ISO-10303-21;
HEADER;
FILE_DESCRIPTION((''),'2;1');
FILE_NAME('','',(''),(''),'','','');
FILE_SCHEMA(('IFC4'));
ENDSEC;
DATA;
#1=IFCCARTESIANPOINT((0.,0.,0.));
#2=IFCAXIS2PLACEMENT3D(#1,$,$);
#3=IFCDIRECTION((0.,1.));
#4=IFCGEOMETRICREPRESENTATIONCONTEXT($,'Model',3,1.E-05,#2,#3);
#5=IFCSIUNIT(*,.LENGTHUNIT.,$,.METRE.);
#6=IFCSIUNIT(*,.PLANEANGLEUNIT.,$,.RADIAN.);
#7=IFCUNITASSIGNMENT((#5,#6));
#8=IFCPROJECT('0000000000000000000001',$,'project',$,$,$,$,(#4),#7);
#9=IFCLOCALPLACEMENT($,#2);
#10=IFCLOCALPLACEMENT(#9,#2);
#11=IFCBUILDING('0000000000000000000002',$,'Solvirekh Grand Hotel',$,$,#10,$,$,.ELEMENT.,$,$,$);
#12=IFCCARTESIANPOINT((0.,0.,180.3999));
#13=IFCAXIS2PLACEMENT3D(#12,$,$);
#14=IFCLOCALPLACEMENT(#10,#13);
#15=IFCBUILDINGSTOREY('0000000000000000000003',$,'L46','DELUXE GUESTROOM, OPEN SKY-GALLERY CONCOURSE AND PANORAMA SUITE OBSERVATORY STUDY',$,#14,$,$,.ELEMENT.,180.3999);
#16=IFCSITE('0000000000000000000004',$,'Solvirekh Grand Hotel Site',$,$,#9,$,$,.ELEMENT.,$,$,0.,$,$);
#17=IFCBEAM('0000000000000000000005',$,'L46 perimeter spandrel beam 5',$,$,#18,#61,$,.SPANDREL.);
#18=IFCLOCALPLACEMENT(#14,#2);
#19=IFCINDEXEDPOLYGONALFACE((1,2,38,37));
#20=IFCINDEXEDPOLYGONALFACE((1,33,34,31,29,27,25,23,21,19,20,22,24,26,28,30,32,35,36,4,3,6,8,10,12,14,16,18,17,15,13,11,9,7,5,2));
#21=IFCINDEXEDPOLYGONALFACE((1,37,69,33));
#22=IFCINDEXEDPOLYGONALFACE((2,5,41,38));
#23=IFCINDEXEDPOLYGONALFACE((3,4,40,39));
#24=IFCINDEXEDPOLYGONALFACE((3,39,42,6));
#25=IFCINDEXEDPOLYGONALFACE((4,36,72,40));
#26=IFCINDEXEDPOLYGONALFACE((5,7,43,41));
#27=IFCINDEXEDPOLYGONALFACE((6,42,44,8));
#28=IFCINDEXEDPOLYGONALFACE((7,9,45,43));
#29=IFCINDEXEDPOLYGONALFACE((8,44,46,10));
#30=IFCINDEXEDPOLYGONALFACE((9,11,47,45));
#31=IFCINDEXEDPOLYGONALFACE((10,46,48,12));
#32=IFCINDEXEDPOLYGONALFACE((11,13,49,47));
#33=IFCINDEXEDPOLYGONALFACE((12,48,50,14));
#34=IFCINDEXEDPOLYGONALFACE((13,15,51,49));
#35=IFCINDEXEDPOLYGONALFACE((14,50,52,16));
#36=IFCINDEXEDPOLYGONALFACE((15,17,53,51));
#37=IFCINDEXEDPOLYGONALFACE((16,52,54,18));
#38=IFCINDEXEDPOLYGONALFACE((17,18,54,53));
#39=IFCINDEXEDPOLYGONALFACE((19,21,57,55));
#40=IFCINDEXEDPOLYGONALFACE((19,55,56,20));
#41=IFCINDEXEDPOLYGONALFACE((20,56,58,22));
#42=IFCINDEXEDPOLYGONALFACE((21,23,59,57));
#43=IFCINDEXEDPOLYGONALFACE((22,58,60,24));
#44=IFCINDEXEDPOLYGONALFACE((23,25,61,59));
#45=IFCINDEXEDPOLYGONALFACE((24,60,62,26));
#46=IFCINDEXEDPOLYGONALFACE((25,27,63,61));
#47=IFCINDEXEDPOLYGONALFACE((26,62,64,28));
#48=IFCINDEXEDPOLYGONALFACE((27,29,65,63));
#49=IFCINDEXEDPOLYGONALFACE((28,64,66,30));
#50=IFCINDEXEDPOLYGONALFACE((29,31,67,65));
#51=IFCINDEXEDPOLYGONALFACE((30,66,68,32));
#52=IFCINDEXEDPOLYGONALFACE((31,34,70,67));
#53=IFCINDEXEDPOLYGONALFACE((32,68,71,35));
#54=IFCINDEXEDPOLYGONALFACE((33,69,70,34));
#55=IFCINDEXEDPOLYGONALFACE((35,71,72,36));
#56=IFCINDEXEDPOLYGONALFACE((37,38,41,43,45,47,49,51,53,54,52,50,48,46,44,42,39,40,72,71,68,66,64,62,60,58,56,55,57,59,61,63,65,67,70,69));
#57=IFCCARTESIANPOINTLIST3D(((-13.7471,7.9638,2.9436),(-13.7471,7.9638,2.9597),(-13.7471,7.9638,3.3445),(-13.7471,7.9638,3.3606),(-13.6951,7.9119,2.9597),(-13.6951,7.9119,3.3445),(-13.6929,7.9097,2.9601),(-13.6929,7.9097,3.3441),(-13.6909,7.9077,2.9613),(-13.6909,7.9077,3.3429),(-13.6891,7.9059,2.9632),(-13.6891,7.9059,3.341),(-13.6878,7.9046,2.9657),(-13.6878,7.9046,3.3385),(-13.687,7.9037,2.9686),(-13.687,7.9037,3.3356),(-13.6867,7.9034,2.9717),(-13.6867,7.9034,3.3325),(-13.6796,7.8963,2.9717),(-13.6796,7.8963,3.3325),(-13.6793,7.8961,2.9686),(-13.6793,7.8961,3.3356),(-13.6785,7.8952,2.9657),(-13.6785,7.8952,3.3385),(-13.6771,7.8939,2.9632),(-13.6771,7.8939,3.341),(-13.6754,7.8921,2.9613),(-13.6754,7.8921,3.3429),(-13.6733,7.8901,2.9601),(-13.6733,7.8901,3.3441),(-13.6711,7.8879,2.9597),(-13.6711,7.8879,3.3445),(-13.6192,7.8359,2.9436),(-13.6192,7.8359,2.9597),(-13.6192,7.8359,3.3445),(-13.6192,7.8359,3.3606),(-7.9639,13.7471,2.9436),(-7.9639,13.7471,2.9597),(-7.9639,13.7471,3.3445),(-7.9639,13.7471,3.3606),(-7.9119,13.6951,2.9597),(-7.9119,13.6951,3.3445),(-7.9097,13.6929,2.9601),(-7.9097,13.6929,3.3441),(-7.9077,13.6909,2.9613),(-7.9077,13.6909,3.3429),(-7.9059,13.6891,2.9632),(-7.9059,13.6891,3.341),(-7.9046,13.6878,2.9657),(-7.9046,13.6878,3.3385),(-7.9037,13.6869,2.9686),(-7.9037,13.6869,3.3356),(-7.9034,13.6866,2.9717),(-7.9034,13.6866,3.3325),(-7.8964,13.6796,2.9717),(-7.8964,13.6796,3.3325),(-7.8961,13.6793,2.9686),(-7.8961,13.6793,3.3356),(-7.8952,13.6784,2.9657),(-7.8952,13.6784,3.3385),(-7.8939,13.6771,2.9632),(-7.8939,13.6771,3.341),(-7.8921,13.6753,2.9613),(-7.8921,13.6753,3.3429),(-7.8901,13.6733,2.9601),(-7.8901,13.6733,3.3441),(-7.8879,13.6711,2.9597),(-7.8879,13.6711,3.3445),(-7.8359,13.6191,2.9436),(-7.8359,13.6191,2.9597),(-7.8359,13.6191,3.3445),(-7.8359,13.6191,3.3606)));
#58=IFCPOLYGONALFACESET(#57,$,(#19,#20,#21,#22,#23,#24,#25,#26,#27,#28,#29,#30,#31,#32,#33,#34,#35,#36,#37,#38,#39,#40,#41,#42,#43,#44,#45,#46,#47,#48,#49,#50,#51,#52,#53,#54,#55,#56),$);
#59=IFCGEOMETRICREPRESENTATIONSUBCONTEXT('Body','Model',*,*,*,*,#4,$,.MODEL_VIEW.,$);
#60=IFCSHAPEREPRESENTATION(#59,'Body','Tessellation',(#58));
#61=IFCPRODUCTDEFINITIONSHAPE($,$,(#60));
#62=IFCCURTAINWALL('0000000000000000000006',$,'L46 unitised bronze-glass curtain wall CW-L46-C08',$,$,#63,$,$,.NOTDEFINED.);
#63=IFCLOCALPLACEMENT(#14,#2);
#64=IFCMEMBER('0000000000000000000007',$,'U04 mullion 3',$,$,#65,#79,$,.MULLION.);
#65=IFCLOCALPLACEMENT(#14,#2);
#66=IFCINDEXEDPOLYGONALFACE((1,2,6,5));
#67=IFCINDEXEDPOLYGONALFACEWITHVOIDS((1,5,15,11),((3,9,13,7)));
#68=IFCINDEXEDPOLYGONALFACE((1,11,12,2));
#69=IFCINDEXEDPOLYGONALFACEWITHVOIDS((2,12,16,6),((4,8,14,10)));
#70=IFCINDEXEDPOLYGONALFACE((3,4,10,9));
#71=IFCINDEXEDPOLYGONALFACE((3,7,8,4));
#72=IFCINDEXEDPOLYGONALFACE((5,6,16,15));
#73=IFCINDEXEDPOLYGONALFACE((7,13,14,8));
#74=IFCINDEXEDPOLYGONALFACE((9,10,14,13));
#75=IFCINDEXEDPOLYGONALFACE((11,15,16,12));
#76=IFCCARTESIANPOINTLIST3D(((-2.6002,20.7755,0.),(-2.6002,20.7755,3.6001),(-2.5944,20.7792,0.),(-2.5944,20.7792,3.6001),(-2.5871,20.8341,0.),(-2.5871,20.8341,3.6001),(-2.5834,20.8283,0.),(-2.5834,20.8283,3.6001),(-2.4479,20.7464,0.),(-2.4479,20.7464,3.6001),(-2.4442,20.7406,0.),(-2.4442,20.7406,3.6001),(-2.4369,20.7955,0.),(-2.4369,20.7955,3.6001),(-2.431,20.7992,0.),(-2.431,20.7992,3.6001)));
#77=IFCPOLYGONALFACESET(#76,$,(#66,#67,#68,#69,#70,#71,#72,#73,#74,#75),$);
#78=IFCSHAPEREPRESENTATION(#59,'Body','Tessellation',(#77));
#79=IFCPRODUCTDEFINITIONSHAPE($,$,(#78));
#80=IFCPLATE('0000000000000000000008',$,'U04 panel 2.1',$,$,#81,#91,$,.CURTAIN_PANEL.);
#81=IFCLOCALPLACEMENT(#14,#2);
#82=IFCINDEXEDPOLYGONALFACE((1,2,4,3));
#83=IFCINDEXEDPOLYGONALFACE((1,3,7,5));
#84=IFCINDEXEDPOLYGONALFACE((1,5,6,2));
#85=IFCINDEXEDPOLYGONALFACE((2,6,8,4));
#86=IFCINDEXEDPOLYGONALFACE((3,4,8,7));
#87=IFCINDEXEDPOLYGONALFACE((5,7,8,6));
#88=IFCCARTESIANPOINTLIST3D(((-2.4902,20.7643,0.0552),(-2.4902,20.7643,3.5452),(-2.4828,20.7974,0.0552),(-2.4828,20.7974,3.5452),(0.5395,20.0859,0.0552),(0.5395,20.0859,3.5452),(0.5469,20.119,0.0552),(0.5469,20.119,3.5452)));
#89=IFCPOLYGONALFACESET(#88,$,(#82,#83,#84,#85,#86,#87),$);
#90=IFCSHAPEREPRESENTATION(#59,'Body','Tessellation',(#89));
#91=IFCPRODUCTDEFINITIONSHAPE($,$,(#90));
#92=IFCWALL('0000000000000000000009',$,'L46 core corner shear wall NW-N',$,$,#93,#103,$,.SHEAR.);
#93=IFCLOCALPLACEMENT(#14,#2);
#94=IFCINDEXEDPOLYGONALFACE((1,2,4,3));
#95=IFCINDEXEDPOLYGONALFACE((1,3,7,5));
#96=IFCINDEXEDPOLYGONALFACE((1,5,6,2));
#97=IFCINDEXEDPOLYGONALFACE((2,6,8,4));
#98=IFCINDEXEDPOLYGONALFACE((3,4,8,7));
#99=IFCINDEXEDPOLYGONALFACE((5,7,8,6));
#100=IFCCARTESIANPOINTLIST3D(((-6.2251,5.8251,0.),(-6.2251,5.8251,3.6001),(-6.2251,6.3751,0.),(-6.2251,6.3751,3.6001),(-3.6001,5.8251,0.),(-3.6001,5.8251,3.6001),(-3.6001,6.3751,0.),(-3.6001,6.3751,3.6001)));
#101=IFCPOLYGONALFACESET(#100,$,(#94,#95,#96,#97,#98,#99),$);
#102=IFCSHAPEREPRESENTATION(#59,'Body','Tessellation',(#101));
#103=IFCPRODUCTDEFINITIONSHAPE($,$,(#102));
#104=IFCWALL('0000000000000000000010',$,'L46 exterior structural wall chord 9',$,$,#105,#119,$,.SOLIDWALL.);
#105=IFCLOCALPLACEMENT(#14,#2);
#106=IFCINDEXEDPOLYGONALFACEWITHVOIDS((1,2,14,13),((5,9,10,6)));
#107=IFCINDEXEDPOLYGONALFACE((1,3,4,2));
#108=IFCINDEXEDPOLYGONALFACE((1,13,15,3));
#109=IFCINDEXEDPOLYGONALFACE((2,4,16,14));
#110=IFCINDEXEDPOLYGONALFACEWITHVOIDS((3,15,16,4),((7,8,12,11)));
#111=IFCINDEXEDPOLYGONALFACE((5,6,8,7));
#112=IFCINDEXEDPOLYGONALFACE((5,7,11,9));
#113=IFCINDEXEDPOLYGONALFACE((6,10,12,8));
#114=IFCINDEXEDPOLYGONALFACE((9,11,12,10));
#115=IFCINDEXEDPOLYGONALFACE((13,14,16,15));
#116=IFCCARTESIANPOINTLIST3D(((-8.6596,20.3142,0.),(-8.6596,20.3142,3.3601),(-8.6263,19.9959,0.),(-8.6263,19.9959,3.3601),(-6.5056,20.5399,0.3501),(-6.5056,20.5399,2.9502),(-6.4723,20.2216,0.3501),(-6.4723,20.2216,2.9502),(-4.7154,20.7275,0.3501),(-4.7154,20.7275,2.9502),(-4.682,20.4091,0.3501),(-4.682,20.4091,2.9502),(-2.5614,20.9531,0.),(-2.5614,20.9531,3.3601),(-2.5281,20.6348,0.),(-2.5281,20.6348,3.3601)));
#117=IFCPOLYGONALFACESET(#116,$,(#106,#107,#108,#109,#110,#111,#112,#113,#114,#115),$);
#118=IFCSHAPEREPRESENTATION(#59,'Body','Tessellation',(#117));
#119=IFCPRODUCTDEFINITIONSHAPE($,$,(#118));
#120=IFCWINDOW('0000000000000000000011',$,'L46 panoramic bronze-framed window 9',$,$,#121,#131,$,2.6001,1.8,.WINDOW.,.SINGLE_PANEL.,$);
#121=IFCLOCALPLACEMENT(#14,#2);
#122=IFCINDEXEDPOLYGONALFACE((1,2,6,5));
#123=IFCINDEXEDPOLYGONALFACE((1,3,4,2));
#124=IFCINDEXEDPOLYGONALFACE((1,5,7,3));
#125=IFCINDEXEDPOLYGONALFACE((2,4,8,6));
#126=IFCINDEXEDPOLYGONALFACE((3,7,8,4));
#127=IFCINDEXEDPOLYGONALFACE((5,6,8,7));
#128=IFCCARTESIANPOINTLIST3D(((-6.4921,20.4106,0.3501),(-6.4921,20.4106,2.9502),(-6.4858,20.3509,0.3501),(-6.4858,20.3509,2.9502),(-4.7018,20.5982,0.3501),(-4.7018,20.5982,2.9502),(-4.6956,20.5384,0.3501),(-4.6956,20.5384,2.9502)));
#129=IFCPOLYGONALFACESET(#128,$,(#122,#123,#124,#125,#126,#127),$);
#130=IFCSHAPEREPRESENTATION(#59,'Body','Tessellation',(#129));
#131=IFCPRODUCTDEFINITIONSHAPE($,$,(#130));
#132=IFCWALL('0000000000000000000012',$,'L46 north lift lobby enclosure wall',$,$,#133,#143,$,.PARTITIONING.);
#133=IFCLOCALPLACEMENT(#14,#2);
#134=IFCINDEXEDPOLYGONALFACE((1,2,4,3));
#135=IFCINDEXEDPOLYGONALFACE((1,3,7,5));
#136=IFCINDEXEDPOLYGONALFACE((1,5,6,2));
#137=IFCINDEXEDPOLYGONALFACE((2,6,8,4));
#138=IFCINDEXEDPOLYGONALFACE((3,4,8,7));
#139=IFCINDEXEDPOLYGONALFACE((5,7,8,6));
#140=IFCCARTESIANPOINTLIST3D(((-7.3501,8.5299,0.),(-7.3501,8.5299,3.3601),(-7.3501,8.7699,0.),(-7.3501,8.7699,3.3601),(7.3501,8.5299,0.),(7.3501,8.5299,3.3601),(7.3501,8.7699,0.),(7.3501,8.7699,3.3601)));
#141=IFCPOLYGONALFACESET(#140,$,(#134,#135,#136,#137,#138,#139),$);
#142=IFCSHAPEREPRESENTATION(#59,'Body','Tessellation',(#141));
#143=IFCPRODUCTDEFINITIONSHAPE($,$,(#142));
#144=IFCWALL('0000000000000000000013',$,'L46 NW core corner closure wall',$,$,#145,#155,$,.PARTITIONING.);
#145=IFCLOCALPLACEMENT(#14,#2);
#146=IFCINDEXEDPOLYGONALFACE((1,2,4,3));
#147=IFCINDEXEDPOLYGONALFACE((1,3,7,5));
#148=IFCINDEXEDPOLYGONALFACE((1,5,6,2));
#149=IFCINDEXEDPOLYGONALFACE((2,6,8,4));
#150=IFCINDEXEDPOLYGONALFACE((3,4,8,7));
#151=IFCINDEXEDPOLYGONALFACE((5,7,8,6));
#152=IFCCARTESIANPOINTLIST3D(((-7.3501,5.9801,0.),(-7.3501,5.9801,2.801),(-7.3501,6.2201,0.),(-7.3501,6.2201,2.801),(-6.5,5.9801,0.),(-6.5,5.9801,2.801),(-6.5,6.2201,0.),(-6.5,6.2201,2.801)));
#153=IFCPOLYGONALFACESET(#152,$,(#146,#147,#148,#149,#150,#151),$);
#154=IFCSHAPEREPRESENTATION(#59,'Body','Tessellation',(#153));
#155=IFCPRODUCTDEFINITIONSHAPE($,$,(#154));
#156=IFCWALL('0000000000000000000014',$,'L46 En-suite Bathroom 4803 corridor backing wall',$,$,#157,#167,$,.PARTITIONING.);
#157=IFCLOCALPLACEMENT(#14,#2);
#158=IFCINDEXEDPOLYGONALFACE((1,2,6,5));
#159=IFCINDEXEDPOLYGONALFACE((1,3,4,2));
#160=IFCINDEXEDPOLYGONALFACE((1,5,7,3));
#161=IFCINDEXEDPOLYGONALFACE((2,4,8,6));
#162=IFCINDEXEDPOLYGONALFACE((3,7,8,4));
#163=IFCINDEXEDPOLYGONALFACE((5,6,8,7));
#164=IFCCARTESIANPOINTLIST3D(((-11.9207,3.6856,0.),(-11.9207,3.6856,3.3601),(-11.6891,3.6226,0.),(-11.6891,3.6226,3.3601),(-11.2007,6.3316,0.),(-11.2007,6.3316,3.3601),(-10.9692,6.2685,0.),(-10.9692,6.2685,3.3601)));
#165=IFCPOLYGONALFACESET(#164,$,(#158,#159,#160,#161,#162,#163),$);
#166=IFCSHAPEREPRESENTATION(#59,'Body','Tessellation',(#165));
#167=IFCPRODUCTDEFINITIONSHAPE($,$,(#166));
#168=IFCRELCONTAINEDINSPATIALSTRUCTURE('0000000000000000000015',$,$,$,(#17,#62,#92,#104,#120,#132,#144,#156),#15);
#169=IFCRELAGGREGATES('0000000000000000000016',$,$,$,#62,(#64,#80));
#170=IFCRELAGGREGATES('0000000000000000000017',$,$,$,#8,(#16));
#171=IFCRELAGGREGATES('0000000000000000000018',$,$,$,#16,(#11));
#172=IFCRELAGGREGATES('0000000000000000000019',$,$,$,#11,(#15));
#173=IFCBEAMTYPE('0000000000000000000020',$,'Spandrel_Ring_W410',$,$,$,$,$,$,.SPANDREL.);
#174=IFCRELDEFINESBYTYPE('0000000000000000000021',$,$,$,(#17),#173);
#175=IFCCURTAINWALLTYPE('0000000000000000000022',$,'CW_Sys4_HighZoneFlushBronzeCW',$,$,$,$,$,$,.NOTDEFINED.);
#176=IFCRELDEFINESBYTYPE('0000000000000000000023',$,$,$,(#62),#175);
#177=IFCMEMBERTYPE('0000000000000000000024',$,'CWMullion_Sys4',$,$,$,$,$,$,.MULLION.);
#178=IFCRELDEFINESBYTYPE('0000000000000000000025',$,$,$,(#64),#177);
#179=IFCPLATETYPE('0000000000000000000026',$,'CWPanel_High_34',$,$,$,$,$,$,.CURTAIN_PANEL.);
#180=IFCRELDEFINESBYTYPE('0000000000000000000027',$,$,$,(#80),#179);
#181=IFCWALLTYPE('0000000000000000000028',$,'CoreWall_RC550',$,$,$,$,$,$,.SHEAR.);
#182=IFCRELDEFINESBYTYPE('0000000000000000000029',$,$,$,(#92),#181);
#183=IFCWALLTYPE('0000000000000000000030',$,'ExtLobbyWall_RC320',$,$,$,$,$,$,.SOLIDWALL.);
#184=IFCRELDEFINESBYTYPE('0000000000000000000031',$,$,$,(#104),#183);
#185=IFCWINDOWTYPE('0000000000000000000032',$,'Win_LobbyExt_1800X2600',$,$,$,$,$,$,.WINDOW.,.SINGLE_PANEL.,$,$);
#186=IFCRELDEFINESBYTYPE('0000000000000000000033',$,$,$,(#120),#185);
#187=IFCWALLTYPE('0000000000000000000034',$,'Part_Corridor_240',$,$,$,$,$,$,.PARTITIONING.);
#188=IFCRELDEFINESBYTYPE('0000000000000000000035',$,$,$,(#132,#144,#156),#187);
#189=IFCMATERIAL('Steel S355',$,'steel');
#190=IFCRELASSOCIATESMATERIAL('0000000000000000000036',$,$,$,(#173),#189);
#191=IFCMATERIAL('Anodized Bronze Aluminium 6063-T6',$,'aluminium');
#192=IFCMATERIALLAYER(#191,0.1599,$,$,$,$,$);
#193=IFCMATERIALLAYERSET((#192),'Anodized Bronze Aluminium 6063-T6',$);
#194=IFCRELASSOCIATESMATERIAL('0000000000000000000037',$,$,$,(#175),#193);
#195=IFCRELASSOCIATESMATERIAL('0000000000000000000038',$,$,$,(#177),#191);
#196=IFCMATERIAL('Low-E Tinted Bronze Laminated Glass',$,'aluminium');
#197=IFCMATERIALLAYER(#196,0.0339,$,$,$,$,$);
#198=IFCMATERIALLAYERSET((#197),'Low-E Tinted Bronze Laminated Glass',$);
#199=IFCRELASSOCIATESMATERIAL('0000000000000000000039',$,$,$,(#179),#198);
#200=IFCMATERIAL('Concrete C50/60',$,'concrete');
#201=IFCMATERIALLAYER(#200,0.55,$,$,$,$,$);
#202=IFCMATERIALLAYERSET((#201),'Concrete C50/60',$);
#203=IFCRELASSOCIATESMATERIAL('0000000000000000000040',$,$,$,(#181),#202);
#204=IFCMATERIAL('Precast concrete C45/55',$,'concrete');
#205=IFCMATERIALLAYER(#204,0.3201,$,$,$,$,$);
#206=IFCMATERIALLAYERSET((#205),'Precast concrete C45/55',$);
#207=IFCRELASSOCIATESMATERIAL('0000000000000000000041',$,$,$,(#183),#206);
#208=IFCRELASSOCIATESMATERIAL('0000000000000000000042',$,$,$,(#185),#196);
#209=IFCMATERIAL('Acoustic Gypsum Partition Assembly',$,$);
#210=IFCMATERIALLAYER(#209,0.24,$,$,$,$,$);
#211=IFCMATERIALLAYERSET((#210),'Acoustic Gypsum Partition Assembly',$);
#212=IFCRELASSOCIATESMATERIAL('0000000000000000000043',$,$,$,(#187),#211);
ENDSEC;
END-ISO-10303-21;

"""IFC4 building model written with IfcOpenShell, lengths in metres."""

from ifc_helpers import new_model, si_unit, direction, frame, frame_2d, origin, origin_2d, place, context, subcontext, project, spatial, rectangle, hollow_rectangle, i_section, extrude, source, transform, mapped, material, layer, layer_set, material_profile, profile_set, type_object, element, fill, aggregate, save


model = new_model("IFC4")

# Units and contexts
model_context = context("Model", 3, precision=1e-05, world=origin(), true_north=direction((0.0, 1.0)))
body_context = subcontext(model_context, "Body", "Model", "MODEL_VIEW")
ifc_project = project(units=[si_unit("LENGTHUNIT", "METRE"), si_unit("PLANEANGLEUNIT", "RADIAN")], contexts=[model_context])

# Site, building, storey
site_placement = place(None, origin())
site = spatial("IfcSite", under=ifc_project, at=site_placement, Name="Solvirekh Grand Hotel Site", CompositionType="ELEMENT", RefElevation=0.0)
building_placement = place(site_placement, origin())
building = spatial("IfcBuilding", under=site, at=building_placement, Name="Solvirekh Grand Hotel", CompositionType="ELEMENT")
storey_placement = place(building_placement, frame((0.0, 0.0, 180.3999)))
storey = spatial("IfcBuildingStorey", under=building, at=storey_placement, Name="L46", Description="DELUXE GUESTROOM, OPEN SKY-GALLERY CONCOURSE AND PANORAMA SUITE OBSERVATORY STUDY", CompositionType="ELEMENT", Elevation=180.3999)

# Shared definitions
ifc_material_1 = material(Name="Concrete C50/60", Category="concrete")

# Beam
ifc_material_2 = material(Name="Steel S355", Category="steel")
ifc_material_profile_1 = material_profile(ifc_material_2, i_section(OverallWidth=0.1809, OverallDepth=0.417, WebThickness=0.01, FlangeThickness=0.0161, FilletRadius=0.012, at=origin_2d()), Name="W410X85")
ifc_profile_set_1 = profile_set([ifc_material_profile_1], Name="Steel S355")
beam_type_1 = type_object("IfcBeamType", Name="Spandrel_Ring_W410", PredefinedType="SPANDREL", material=ifc_profile_set_1)
beam_1_placement = place(storey_placement, frame((-7.8999, 13.6831, 3.1521), z_axis=(-0.707107, -0.707107, 0.0), x_axis=(0.707107, -0.707107, 0.0)))
element("IfcBeam", 1, at=beam_1_placement, inside=storey, type_object=beam_type_1, Name="L46 perimeter spandrel beam 5", PredefinedType="SPANDREL", context=body_context, shape_type="SweptSolid", body=[
    extrude(i_section(OverallWidth=0.1809, OverallDepth=0.417, WebThickness=0.01, FlangeThickness=0.0161, FilletRadius=0.012, at=origin_2d()), origin(), (0.0, 0.0, 1.0), 8.1787),
])

# Curtain wall, member, plate
ifc_material_3 = material(Name="Anodized Bronze Aluminium 6063-T6", Category="aluminium")
ifc_layer_1 = layer(ifc_material_3, 0.1599)
ifc_layer_set_1 = layer_set([ifc_layer_1], Name="Anodized Bronze Aluminium 6063-T6")
curtain_wall_type = type_object("IfcCurtainWallType", Name="CW_Sys4_HighZoneFlushBronzeCW", PredefinedType="NOTDEFINED", material=ifc_layer_set_1)
curtain_wall_placement = place(storey_placement, origin())
curtain_wall = element("IfcCurtainWall", 2, at=curtain_wall_placement, inside=storey, type_object=curtain_wall_type, Name="L46 unitised bronze-glass curtain wall CW-L46-C08", PredefinedType="NOTDEFINED")
ifc_material_profile_2 = material_profile(ifc_material_3, hollow_rectangle(XDim=0.0601, YDim=0.1599, WallThickness=0.0049, at=origin_2d()), Name="ALU RHS 160X60X5")
ifc_profile_set_2 = profile_set([ifc_material_profile_2], Name="Anodized Bronze Aluminium 6063-T6")
member_type = type_object("IfcMemberType", Name="CWMullion_Sys4", PredefinedType="MULLION", material=ifc_profile_set_2)
shared_shape_1 = source(origin(), body_context, "Body", "SweptSolid", [
    extrude(hollow_rectangle(XDim=0.0601, YDim=0.1599, WallThickness=0.0049, at=origin_2d()), origin(), (0.0, 0.0, 1.0), 3.6001),
])
member_placement = place(storey_placement, frame((-2.5156, 20.7874, 0.0), z_axis=(0.0, 0.0, 1.0), x_axis=(-0.218488, -0.97584, 0.0)))
member = element("IfcMember", 3, at=member_placement, type_object=member_type, Name="U04 mullion 3", PredefinedType="MULLION", context=body_context, shape_type="MappedRepresentation", body=[
    mapped(shared_shape_1, transform((0.0, 0.0, 0.0), x_axis=(1.0, 0.0, 0.0), y_axis=(0.0, 1.0, 0.0), z_axis=(0.0, 0.0, 1.0), scale=1.0)),
])
ifc_material_4 = material(Name="Low-E Tinted Bronze Laminated Glass", Category="aluminium")
ifc_layer_2 = layer(ifc_material_4, 0.0339)
ifc_layer_set_2 = layer_set([ifc_layer_2], Name="Low-E Tinted Bronze Laminated Glass")
plate_type = type_object("IfcPlateType", Name="CWPanel_High_34", PredefinedType="CURTAIN_PANEL", material=ifc_layer_set_2)
shared_shape_2 = source(origin(), body_context, "Body", "SweptSolid", [
    extrude(rectangle(XDim=3.1047, YDim=0.0339, at=origin_2d()), origin(), (0.0, 0.0, 1.0), 3.49),
])
plate_placement = place(storey_placement, frame((-0.9717, 20.4417, 0.0552), z_axis=(0.0, 0.0, 1.0), x_axis=(-0.97584, 0.218488, 0.0)))
plate = element("IfcPlate", 4, at=plate_placement, type_object=plate_type, Name="U04 panel 2.1", PredefinedType="CURTAIN_PANEL", context=body_context, shape_type="MappedRepresentation", body=[
    mapped(shared_shape_2, transform((0.0, 0.0, 0.0), x_axis=(1.0, 0.0, 0.0), y_axis=(0.0, 1.0, 0.0), z_axis=(0.0, 0.0, 1.0), scale=1.0)),
])
aggregate(curtain_wall, [member, plate])

# Wall
ifc_layer_3 = layer(ifc_material_1, 0.55)
ifc_layer_set_3 = layer_set([ifc_layer_3], Name="Concrete C50/60")
wall_type_1 = type_object("IfcWallType", Name="CoreWall_RC550", PredefinedType="SHEAR", material=ifc_layer_set_3)
wall_1_placement = place(storey_placement, frame((-6.2251, 6.1001, 0.0), z_axis=(0.0, 0.0, 1.0), x_axis=(1.0, 0.0, 0.0)))
element("IfcWall", 5, at=wall_1_placement, inside=storey, type_object=wall_type_1, Name="L46 core corner shear wall NW-N", PredefinedType="SHEAR", context=body_context, shape_type="SweptSolid", body=[
    extrude(rectangle(XDim=2.625, YDim=0.55, at=frame_2d((1.3125, 0.0))), origin(), (0.0, 0.0, 1.0), 3.6001),
])

# Wall, opening, window
ifc_material_5 = material(Name="Precast concrete C45/55", Category="concrete")
ifc_layer_4 = layer(ifc_material_5, 0.3201)
ifc_layer_set_4 = layer_set([ifc_layer_4], Name="Precast concrete C45/55")
wall_type_2 = type_object("IfcWallType", Name="ExtLobbyWall_RC320", PredefinedType="SOLIDWALL", material=ifc_layer_set_4)
wall_2_placement = place(storey_placement, frame((-8.6431, 20.155, 0.0), z_axis=(0.0, 0.0, 1.0), x_axis=(0.994556, 0.104202, 0.0)))
wall_2 = element("IfcWall", 6, at=wall_2_placement, inside=storey, type_object=wall_type_2, Name="L46 exterior structural wall chord 9", PredefinedType="SOLIDWALL", context=body_context, shape_type="SweptSolid", body=[
    extrude(rectangle(XDim=6.1316, YDim=0.3201, at=frame_2d((3.0659, 0.0))), origin(), (0.0, 0.0, 1.0), 3.3601),
])
opening_1_placement = place(wall_2_placement, frame((2.166, 0.0, 0.3501)))
opening_1 = element("IfcOpeningElement", 7, at=opening_1_placement, cuts=wall_2, PredefinedType="OPENING", context=body_context, shape_type="SweptSolid", body=[
    extrude(rectangle(XDim=1.8, YDim=2.6001, at=frame_2d((0.8999, 1.3))), frame((0.0, 0.1699, 0.0), z_axis=(0.0, -1.0, 0.0), x_axis=(1.0, 0.0, 0.0)), (0.0, 0.0, 1.0), 0.3401),
])
window_type = type_object("IfcWindowType", Name="Win_LobbyExt_1800X2600", PartitioningType="SINGLE_PANEL", PredefinedType="WINDOW", material=ifc_material_4)
window_placement = place(opening_1_placement, origin())
window = element("IfcWindow", 8, at=window_placement, inside=storey, type_object=window_type, Name="L46 panoramic bronze-framed window 9", OverallHeight=2.6001, OverallWidth=1.8, PartitioningType="SINGLE_PANEL", PredefinedType="WINDOW", context=body_context, shape_type="SweptSolid", body=[
    extrude(rectangle(XDim=1.8, YDim=2.6001, at=frame_2d((0.8999, 1.3))), frame((0.0, 0.03, 0.0), z_axis=(0.0, -1.0, 0.0), x_axis=(1.0, 0.0, 0.0)), (0.0, 0.0, 1.0), 0.0601),
])
fill(opening_1, window)

# Walls
ifc_material_6 = material(Name="Acoustic Gypsum Partition Assembly")
ifc_layer_5 = layer(ifc_material_6, 0.24)
ifc_layer_set_5 = layer_set([ifc_layer_5], Name="Acoustic Gypsum Partition Assembly")
wall_type_3 = type_object("IfcWallType", Name="Part_Corridor_240", PredefinedType="PARTITIONING", material=ifc_layer_set_5)
wall_3_placement = place(storey_placement, frame((-7.3501, 8.6499, 0.0), z_axis=(0.0, 0.0, 1.0), x_axis=(1.0, 0.0, 0.0)))
element("IfcWall", 9, at=wall_3_placement, inside=storey, type_object=wall_type_3, Name="L46 north lift lobby enclosure wall", PredefinedType="PARTITIONING", context=body_context, shape_type="SweptSolid", body=[
    extrude(rectangle(XDim=14.7002, YDim=0.24, at=frame_2d((7.3501, 0.0))), origin(), (0.0, 0.0, 1.0), 3.3601),
])
wall_4_placement = place(storey_placement, frame((-7.3501, 6.1001, 0.0), z_axis=(0.0, 0.0, 1.0), x_axis=(1.0, 0.0, 0.0)))
element("IfcWall", 10, at=wall_4_placement, inside=storey, type_object=wall_type_3, Name="L46 NW core corner closure wall", PredefinedType="PARTITIONING", context=body_context, shape_type="SweptSolid", body=[
    extrude(rectangle(XDim=0.8501, YDim=0.24, at=frame_2d((0.425, 0.0))), origin(), (0.0, 0.0, 1.0), 2.801),
])
wall_5_placement = place(storey_placement, frame((-11.085, 6.3, 0.0), z_axis=(0.0, 0.0, 1.0), x_axis=(-0.262552, -0.964918, 0.0)))
element("IfcWall", 11, at=wall_5_placement, inside=storey, type_object=wall_type_3, Name="L46 En-suite Bathroom 4803 corridor backing wall", PredefinedType="PARTITIONING", context=body_context, shape_type="SweptSolid", body=[
    extrude(rectangle(XDim=2.7422, YDim=0.24, at=frame_2d((1.3711, 0.0))), origin(), (0.0, 0.0, 1.0), 3.3601),
])

save(model, "model.ifc")
